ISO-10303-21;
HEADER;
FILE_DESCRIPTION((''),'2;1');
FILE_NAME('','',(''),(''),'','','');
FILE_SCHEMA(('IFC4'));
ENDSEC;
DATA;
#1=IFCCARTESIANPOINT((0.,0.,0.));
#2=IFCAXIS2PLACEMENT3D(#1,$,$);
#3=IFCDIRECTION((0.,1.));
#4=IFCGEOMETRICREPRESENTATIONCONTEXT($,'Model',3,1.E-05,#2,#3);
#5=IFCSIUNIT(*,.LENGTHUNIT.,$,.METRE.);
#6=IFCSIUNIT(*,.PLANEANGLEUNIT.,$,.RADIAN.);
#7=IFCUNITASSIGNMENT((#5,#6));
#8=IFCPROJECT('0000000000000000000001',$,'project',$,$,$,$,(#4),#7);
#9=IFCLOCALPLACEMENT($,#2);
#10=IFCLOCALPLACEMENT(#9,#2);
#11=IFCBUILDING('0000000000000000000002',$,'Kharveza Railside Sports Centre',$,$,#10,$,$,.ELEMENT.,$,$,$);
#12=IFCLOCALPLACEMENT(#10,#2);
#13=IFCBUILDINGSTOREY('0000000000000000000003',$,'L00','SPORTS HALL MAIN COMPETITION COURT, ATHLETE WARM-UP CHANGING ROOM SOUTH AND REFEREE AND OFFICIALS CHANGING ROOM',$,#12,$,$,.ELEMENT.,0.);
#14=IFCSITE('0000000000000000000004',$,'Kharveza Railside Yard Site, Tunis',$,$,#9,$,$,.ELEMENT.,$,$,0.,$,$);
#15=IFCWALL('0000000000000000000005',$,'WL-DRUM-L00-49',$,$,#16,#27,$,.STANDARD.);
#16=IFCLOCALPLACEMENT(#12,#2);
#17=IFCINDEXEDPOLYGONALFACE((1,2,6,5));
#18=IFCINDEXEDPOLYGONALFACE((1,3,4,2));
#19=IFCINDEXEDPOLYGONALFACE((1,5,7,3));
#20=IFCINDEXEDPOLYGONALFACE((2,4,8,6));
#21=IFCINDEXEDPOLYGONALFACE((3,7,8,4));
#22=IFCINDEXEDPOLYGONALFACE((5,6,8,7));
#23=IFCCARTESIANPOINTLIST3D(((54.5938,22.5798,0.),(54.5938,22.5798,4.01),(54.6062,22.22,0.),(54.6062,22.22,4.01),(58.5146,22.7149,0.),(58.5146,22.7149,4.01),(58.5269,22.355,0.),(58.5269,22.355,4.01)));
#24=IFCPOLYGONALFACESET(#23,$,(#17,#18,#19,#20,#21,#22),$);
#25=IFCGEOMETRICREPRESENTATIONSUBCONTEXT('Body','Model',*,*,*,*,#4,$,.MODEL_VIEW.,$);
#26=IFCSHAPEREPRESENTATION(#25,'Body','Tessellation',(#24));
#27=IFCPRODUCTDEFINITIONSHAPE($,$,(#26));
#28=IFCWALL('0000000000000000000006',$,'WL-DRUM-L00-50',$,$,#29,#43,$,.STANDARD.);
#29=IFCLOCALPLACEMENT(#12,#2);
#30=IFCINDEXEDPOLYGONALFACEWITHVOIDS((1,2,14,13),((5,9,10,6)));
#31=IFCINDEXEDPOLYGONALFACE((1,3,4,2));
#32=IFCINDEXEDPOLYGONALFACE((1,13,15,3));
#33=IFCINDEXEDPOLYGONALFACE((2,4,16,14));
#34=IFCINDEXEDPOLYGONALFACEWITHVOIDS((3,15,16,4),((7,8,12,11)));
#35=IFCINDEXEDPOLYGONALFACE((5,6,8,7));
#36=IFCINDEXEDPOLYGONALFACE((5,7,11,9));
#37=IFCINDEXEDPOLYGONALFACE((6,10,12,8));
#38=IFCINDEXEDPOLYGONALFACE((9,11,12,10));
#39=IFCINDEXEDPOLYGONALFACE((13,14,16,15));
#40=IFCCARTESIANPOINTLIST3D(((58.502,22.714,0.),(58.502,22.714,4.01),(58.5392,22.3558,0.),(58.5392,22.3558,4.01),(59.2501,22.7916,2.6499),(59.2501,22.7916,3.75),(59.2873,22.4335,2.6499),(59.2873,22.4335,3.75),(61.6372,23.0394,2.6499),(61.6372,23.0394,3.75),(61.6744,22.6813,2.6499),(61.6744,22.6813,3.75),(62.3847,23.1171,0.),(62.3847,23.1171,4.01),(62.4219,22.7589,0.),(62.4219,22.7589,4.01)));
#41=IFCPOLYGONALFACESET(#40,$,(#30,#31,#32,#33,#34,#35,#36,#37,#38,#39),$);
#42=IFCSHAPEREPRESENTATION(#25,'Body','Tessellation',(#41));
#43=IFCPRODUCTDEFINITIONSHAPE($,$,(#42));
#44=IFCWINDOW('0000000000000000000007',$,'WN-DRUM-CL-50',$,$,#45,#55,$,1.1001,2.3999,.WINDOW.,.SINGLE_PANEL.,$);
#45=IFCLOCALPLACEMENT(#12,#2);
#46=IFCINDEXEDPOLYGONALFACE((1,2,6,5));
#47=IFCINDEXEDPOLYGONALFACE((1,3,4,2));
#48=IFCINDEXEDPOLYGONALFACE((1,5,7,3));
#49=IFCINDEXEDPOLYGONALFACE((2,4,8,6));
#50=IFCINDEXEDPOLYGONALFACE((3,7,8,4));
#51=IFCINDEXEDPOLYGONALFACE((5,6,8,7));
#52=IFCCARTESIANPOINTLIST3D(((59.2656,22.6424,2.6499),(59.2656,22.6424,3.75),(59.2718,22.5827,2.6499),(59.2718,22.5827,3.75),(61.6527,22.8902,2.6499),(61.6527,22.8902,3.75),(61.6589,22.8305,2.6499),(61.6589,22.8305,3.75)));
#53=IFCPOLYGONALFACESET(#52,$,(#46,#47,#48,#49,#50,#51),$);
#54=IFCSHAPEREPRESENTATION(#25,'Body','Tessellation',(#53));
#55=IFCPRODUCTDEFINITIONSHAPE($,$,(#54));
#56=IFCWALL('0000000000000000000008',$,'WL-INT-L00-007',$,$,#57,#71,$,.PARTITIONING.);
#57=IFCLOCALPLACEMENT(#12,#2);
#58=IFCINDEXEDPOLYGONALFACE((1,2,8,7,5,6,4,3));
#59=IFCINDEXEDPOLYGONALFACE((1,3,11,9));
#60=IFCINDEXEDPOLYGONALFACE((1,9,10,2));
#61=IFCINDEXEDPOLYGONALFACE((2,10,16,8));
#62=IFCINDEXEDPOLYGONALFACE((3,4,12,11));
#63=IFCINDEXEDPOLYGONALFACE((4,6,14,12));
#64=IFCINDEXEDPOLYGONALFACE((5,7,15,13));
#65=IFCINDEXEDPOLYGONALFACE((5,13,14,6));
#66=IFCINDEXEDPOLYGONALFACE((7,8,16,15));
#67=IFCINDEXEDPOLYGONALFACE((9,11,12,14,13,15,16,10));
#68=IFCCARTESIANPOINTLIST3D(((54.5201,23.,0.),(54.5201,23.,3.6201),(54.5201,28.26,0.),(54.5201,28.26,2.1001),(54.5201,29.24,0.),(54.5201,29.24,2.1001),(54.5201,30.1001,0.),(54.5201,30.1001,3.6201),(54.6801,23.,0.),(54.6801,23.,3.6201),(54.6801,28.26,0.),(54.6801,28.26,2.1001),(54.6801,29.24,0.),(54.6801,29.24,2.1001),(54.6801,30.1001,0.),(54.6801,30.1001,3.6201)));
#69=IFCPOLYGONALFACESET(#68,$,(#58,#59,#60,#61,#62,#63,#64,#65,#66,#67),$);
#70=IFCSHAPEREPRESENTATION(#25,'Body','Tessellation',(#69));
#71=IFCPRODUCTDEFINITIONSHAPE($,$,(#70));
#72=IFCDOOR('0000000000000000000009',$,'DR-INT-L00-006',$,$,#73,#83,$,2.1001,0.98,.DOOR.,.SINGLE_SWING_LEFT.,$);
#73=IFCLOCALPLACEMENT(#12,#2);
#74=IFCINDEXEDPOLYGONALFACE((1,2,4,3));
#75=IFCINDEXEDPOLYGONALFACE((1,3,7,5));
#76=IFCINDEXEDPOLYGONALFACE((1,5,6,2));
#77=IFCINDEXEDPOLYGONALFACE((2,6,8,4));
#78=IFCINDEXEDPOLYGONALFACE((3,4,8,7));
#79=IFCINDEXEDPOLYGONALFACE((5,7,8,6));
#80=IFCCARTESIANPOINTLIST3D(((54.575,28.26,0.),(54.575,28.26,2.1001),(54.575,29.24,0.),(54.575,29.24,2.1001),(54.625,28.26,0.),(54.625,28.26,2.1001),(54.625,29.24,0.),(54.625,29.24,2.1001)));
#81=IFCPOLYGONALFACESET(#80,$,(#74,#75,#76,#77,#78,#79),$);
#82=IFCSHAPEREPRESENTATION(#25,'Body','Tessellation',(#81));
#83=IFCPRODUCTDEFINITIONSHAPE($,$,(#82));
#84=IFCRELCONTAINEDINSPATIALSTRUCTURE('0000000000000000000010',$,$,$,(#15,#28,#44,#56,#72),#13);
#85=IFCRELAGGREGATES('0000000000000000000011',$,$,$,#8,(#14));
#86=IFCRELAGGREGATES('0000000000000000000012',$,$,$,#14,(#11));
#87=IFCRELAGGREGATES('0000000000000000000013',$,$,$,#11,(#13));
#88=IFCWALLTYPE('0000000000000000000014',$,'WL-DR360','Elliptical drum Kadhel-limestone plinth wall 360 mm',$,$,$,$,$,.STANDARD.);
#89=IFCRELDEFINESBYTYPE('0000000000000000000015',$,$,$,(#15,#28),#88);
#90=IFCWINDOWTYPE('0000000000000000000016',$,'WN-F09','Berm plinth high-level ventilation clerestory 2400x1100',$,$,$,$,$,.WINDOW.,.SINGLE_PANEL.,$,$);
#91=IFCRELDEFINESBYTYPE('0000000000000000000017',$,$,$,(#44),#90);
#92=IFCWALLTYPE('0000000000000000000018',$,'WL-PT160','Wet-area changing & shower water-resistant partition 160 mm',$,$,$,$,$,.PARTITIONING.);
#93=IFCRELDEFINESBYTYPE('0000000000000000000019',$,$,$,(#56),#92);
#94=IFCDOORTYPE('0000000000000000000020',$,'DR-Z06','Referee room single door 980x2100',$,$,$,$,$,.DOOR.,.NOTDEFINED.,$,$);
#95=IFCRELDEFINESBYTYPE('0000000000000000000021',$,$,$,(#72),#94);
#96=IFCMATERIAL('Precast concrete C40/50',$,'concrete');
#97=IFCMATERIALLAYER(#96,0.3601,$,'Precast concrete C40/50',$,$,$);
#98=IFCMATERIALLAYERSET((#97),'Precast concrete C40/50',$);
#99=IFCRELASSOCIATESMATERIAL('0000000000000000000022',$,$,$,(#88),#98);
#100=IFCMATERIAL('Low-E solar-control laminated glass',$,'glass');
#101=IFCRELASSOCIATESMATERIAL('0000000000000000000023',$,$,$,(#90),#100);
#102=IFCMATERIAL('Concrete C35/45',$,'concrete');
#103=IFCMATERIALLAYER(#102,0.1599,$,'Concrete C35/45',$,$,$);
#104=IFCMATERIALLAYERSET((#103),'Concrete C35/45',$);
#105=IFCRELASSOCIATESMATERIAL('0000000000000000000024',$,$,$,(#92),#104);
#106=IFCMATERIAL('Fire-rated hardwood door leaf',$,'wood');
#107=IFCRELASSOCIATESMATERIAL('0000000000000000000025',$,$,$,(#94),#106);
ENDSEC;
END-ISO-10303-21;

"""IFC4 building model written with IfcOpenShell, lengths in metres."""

from ifc_helpers import new_model, si_unit, direction, frame, frame_2d, origin, place, context, subcontext, project, spatial, rectangle, extrude, material, layer, layer_set, type_object, element, fill, save


model = new_model("IFC4")

# Units and contexts
model_context = context("Model", 3, precision=1e-05, world=origin(), true_north=direction((0.0, 1.0)))
body_context = subcontext(model_context, "Body", "Model", "MODEL_VIEW")
ifc_project = project(units=[si_unit("LENGTHUNIT", "METRE"), si_unit("PLANEANGLEUNIT", "RADIAN")], contexts=[model_context])

# Site, building, storey
site_placement = place(None, origin())
site = spatial("IfcSite", under=ifc_project, at=site_placement, Name="Kharveza Railside Yard Site, Tunis", CompositionType="ELEMENT", RefElevation=0.0)
building_placement = place(site_placement, origin())
building = spatial("IfcBuilding", under=site, at=building_placement, Name="Kharveza Railside Sports Centre", CompositionType="ELEMENT")
storey_placement = place(building_placement, origin())
storey = spatial("IfcBuildingStorey", under=building, at=storey_placement, Name="L00", Description="SPORTS HALL MAIN COMPETITION COURT, ATHLETE WARM-UP CHANGING ROOM SOUTH AND REFEREE AND OFFICIALS CHANGING ROOM", CompositionType="ELEMENT", Elevation=0.0)

# Shared definitions
ifc_material_1 = material(Name="Concrete C35/45", Category="concrete")

# Shared definitions
ifc_material_2 = material(Name="Precast concrete C40/50", Category="concrete")
ifc_layer_1 = layer(ifc_material_2, 0.3601, Name="Precast concrete C40/50")
ifc_layer_set_1 = layer_set([ifc_layer_1], Name="Precast concrete C40/50")
wall_type_1 = type_object("IfcWallType", Name="WL-DR360", Description="Elliptical drum Kadhel-limestone plinth wall 360 mm", PredefinedType="STANDARD", material=ifc_layer_set_1)
ifc_material_3 = material(Name="Low-E solar-control laminated glass", Category="glass")
window_type = type_object("IfcWindowType", Name="WN-F09", Description="Berm plinth high-level ventilation clerestory 2400x1100", PartitioningType="SINGLE_PANEL", PredefinedType="WINDOW", material=ifc_material_3)

# Wall
wall_1_placement = place(storey_placement, frame((54.6001, 22.3999, 0.0), z_axis=(0.0, 0.0, 1.0), x_axis=(0.999408, 0.034415, 0.0)))
element("IfcWall", 1, at=wall_1_placement, inside=storey, type_object=wall_type_1, Name="WL-DRUM-L00-49", PredefinedType="STANDARD", context=body_context, shape_type="SweptSolid", body=[
    extrude(rectangle(XDim=3.9231, YDim=0.3601, at=frame_2d((1.9614, 0.0))), origin(), (0.0, 0.0, 1.0), 4.01),
])

# Wall, opening, window
wall_2_placement = place(storey_placement, frame((58.5208, 22.5349, 0.0), z_axis=(0.0, 0.0, 1.0), x_axis=(0.994655, 0.103255, 0.0)))
wall_2 = element("IfcWall", 2, at=wall_2_placement, inside=storey, type_object=wall_type_1, Name="WL-DRUM-L00-50", PredefinedType="STANDARD", context=body_context, shape_type="SweptSolid", body=[
    extrude(rectangle(XDim=3.9036, YDim=0.3601, at=frame_2d((1.9517, 0.0))), origin(), (0.0, 0.0, 1.0), 4.01),
])
opening_1_placement = place(wall_2_placement, frame((0.752, 0.0, 2.6499)))
opening_1 = element("IfcOpeningElement", 3, at=opening_1_placement, cuts=wall_2, PredefinedType="OPENING", context=body_context, shape_type="SweptSolid", body=[
    extrude(rectangle(XDim=2.3999, YDim=1.1001, at=frame_2d((1.2, 0.55))), frame((0.0, 0.2051, 0.0), z_axis=(0.0, -1.0, 0.0), x_axis=(1.0, 0.0, 0.0)), (0.0, 0.0, 1.0), 0.4099),
])
window_1_placement = place(opening_1_placement, origin())
window_1 = element("IfcWindow", 4, at=window_1_placement, inside=storey, type_object=window_type, Name="WN-DRUM-CL-50", OverallHeight=1.1001, OverallWidth=2.3999, PartitioningType="SINGLE_PANEL", PredefinedType="WINDOW", context=body_context, shape_type="SweptSolid", body=[
    extrude(rectangle(XDim=2.3999, YDim=1.1001, at=frame_2d((1.2, 0.55))), frame((0.0, 0.03, 0.0), z_axis=(0.0, -1.0, 0.0), x_axis=(1.0, 0.0, 0.0)), (0.0, 0.0, 1.0), 0.0601),
])
fill(opening_1, window_1)

# Wall, opening, door
ifc_layer_2 = layer(ifc_material_1, 0.1599, Name="Concrete C35/45")
ifc_layer_set_2 = layer_set([ifc_layer_2], Name="Concrete C35/45")
wall_type_2 = type_object("IfcWallType", Name="WL-PT160", Description="Wet-area changing & shower water-resistant partition 160 mm", PredefinedType="PARTITIONING", material=ifc_layer_set_2)
wall_3_placement = place(storey_placement, frame((54.6001, 23.0, 0.0), z_axis=(0.0, 0.0, 1.0), x_axis=(0.0, 1.0, 0.0)))
wall_3 = element("IfcWall", 5, at=wall_3_placement, inside=storey, type_object=wall_type_2, Name="WL-INT-L00-007", PredefinedType="PARTITIONING", context=body_context, shape_type="SweptSolid", body=[
    extrude(rectangle(XDim=7.1001, YDim=0.1599, at=frame_2d((3.55, 0.0))), origin(), (0.0, 0.0, 1.0), 3.6201),
])
opening_2_placement = place(wall_3_placement, frame((5.26, 0.0, 0.0)))
opening_2 = element("IfcOpeningElement", 6, at=opening_2_placement, cuts=wall_3, PredefinedType="OPENING", context=body_context, shape_type="SweptSolid", body=[
    extrude(rectangle(XDim=0.98, YDim=2.1001, at=frame_2d((0.49, 1.05))), frame((0.0, 0.105, 0.0), z_axis=(0.0, -1.0, 0.0), x_axis=(1.0, 0.0, 0.0)), (0.0, 0.0, 1.0), 0.2097),
])
ifc_material_4 = material(Name="Fire-rated hardwood door leaf", Category="wood")
door_type = type_object("IfcDoorType", Name="DR-Z06", Description="Referee room single door 980x2100", OperationType="NOTDEFINED", PredefinedType="DOOR", material=ifc_material_4)
door_placement = place(opening_2_placement, frame((0.98, 0.0, 0.0), z_axis=(0.0, 0.0, 1.0), x_axis=(-1.0, 0.0, 0.0)))
door = element("IfcDoor", 7, at=door_placement, inside=storey, type_object=door_type, Name="DR-INT-L00-006", OperationType="SINGLE_SWING_LEFT", OverallHeight=2.1001, OverallWidth=0.98, PredefinedType="DOOR", context=body_context, shape_type="SweptSolid", body=[
    extrude(rectangle(XDim=0.98, YDim=2.1001, at=frame_2d((0.49, 1.05))), frame((0.0, 0.0249, 0.0), z_axis=(0.0, -1.0, 0.0), x_axis=(1.0, 0.0, 0.0)), (0.0, 0.0, 1.0), 0.05),
])
fill(opening_2, door)

save(model, "model.ifc")
